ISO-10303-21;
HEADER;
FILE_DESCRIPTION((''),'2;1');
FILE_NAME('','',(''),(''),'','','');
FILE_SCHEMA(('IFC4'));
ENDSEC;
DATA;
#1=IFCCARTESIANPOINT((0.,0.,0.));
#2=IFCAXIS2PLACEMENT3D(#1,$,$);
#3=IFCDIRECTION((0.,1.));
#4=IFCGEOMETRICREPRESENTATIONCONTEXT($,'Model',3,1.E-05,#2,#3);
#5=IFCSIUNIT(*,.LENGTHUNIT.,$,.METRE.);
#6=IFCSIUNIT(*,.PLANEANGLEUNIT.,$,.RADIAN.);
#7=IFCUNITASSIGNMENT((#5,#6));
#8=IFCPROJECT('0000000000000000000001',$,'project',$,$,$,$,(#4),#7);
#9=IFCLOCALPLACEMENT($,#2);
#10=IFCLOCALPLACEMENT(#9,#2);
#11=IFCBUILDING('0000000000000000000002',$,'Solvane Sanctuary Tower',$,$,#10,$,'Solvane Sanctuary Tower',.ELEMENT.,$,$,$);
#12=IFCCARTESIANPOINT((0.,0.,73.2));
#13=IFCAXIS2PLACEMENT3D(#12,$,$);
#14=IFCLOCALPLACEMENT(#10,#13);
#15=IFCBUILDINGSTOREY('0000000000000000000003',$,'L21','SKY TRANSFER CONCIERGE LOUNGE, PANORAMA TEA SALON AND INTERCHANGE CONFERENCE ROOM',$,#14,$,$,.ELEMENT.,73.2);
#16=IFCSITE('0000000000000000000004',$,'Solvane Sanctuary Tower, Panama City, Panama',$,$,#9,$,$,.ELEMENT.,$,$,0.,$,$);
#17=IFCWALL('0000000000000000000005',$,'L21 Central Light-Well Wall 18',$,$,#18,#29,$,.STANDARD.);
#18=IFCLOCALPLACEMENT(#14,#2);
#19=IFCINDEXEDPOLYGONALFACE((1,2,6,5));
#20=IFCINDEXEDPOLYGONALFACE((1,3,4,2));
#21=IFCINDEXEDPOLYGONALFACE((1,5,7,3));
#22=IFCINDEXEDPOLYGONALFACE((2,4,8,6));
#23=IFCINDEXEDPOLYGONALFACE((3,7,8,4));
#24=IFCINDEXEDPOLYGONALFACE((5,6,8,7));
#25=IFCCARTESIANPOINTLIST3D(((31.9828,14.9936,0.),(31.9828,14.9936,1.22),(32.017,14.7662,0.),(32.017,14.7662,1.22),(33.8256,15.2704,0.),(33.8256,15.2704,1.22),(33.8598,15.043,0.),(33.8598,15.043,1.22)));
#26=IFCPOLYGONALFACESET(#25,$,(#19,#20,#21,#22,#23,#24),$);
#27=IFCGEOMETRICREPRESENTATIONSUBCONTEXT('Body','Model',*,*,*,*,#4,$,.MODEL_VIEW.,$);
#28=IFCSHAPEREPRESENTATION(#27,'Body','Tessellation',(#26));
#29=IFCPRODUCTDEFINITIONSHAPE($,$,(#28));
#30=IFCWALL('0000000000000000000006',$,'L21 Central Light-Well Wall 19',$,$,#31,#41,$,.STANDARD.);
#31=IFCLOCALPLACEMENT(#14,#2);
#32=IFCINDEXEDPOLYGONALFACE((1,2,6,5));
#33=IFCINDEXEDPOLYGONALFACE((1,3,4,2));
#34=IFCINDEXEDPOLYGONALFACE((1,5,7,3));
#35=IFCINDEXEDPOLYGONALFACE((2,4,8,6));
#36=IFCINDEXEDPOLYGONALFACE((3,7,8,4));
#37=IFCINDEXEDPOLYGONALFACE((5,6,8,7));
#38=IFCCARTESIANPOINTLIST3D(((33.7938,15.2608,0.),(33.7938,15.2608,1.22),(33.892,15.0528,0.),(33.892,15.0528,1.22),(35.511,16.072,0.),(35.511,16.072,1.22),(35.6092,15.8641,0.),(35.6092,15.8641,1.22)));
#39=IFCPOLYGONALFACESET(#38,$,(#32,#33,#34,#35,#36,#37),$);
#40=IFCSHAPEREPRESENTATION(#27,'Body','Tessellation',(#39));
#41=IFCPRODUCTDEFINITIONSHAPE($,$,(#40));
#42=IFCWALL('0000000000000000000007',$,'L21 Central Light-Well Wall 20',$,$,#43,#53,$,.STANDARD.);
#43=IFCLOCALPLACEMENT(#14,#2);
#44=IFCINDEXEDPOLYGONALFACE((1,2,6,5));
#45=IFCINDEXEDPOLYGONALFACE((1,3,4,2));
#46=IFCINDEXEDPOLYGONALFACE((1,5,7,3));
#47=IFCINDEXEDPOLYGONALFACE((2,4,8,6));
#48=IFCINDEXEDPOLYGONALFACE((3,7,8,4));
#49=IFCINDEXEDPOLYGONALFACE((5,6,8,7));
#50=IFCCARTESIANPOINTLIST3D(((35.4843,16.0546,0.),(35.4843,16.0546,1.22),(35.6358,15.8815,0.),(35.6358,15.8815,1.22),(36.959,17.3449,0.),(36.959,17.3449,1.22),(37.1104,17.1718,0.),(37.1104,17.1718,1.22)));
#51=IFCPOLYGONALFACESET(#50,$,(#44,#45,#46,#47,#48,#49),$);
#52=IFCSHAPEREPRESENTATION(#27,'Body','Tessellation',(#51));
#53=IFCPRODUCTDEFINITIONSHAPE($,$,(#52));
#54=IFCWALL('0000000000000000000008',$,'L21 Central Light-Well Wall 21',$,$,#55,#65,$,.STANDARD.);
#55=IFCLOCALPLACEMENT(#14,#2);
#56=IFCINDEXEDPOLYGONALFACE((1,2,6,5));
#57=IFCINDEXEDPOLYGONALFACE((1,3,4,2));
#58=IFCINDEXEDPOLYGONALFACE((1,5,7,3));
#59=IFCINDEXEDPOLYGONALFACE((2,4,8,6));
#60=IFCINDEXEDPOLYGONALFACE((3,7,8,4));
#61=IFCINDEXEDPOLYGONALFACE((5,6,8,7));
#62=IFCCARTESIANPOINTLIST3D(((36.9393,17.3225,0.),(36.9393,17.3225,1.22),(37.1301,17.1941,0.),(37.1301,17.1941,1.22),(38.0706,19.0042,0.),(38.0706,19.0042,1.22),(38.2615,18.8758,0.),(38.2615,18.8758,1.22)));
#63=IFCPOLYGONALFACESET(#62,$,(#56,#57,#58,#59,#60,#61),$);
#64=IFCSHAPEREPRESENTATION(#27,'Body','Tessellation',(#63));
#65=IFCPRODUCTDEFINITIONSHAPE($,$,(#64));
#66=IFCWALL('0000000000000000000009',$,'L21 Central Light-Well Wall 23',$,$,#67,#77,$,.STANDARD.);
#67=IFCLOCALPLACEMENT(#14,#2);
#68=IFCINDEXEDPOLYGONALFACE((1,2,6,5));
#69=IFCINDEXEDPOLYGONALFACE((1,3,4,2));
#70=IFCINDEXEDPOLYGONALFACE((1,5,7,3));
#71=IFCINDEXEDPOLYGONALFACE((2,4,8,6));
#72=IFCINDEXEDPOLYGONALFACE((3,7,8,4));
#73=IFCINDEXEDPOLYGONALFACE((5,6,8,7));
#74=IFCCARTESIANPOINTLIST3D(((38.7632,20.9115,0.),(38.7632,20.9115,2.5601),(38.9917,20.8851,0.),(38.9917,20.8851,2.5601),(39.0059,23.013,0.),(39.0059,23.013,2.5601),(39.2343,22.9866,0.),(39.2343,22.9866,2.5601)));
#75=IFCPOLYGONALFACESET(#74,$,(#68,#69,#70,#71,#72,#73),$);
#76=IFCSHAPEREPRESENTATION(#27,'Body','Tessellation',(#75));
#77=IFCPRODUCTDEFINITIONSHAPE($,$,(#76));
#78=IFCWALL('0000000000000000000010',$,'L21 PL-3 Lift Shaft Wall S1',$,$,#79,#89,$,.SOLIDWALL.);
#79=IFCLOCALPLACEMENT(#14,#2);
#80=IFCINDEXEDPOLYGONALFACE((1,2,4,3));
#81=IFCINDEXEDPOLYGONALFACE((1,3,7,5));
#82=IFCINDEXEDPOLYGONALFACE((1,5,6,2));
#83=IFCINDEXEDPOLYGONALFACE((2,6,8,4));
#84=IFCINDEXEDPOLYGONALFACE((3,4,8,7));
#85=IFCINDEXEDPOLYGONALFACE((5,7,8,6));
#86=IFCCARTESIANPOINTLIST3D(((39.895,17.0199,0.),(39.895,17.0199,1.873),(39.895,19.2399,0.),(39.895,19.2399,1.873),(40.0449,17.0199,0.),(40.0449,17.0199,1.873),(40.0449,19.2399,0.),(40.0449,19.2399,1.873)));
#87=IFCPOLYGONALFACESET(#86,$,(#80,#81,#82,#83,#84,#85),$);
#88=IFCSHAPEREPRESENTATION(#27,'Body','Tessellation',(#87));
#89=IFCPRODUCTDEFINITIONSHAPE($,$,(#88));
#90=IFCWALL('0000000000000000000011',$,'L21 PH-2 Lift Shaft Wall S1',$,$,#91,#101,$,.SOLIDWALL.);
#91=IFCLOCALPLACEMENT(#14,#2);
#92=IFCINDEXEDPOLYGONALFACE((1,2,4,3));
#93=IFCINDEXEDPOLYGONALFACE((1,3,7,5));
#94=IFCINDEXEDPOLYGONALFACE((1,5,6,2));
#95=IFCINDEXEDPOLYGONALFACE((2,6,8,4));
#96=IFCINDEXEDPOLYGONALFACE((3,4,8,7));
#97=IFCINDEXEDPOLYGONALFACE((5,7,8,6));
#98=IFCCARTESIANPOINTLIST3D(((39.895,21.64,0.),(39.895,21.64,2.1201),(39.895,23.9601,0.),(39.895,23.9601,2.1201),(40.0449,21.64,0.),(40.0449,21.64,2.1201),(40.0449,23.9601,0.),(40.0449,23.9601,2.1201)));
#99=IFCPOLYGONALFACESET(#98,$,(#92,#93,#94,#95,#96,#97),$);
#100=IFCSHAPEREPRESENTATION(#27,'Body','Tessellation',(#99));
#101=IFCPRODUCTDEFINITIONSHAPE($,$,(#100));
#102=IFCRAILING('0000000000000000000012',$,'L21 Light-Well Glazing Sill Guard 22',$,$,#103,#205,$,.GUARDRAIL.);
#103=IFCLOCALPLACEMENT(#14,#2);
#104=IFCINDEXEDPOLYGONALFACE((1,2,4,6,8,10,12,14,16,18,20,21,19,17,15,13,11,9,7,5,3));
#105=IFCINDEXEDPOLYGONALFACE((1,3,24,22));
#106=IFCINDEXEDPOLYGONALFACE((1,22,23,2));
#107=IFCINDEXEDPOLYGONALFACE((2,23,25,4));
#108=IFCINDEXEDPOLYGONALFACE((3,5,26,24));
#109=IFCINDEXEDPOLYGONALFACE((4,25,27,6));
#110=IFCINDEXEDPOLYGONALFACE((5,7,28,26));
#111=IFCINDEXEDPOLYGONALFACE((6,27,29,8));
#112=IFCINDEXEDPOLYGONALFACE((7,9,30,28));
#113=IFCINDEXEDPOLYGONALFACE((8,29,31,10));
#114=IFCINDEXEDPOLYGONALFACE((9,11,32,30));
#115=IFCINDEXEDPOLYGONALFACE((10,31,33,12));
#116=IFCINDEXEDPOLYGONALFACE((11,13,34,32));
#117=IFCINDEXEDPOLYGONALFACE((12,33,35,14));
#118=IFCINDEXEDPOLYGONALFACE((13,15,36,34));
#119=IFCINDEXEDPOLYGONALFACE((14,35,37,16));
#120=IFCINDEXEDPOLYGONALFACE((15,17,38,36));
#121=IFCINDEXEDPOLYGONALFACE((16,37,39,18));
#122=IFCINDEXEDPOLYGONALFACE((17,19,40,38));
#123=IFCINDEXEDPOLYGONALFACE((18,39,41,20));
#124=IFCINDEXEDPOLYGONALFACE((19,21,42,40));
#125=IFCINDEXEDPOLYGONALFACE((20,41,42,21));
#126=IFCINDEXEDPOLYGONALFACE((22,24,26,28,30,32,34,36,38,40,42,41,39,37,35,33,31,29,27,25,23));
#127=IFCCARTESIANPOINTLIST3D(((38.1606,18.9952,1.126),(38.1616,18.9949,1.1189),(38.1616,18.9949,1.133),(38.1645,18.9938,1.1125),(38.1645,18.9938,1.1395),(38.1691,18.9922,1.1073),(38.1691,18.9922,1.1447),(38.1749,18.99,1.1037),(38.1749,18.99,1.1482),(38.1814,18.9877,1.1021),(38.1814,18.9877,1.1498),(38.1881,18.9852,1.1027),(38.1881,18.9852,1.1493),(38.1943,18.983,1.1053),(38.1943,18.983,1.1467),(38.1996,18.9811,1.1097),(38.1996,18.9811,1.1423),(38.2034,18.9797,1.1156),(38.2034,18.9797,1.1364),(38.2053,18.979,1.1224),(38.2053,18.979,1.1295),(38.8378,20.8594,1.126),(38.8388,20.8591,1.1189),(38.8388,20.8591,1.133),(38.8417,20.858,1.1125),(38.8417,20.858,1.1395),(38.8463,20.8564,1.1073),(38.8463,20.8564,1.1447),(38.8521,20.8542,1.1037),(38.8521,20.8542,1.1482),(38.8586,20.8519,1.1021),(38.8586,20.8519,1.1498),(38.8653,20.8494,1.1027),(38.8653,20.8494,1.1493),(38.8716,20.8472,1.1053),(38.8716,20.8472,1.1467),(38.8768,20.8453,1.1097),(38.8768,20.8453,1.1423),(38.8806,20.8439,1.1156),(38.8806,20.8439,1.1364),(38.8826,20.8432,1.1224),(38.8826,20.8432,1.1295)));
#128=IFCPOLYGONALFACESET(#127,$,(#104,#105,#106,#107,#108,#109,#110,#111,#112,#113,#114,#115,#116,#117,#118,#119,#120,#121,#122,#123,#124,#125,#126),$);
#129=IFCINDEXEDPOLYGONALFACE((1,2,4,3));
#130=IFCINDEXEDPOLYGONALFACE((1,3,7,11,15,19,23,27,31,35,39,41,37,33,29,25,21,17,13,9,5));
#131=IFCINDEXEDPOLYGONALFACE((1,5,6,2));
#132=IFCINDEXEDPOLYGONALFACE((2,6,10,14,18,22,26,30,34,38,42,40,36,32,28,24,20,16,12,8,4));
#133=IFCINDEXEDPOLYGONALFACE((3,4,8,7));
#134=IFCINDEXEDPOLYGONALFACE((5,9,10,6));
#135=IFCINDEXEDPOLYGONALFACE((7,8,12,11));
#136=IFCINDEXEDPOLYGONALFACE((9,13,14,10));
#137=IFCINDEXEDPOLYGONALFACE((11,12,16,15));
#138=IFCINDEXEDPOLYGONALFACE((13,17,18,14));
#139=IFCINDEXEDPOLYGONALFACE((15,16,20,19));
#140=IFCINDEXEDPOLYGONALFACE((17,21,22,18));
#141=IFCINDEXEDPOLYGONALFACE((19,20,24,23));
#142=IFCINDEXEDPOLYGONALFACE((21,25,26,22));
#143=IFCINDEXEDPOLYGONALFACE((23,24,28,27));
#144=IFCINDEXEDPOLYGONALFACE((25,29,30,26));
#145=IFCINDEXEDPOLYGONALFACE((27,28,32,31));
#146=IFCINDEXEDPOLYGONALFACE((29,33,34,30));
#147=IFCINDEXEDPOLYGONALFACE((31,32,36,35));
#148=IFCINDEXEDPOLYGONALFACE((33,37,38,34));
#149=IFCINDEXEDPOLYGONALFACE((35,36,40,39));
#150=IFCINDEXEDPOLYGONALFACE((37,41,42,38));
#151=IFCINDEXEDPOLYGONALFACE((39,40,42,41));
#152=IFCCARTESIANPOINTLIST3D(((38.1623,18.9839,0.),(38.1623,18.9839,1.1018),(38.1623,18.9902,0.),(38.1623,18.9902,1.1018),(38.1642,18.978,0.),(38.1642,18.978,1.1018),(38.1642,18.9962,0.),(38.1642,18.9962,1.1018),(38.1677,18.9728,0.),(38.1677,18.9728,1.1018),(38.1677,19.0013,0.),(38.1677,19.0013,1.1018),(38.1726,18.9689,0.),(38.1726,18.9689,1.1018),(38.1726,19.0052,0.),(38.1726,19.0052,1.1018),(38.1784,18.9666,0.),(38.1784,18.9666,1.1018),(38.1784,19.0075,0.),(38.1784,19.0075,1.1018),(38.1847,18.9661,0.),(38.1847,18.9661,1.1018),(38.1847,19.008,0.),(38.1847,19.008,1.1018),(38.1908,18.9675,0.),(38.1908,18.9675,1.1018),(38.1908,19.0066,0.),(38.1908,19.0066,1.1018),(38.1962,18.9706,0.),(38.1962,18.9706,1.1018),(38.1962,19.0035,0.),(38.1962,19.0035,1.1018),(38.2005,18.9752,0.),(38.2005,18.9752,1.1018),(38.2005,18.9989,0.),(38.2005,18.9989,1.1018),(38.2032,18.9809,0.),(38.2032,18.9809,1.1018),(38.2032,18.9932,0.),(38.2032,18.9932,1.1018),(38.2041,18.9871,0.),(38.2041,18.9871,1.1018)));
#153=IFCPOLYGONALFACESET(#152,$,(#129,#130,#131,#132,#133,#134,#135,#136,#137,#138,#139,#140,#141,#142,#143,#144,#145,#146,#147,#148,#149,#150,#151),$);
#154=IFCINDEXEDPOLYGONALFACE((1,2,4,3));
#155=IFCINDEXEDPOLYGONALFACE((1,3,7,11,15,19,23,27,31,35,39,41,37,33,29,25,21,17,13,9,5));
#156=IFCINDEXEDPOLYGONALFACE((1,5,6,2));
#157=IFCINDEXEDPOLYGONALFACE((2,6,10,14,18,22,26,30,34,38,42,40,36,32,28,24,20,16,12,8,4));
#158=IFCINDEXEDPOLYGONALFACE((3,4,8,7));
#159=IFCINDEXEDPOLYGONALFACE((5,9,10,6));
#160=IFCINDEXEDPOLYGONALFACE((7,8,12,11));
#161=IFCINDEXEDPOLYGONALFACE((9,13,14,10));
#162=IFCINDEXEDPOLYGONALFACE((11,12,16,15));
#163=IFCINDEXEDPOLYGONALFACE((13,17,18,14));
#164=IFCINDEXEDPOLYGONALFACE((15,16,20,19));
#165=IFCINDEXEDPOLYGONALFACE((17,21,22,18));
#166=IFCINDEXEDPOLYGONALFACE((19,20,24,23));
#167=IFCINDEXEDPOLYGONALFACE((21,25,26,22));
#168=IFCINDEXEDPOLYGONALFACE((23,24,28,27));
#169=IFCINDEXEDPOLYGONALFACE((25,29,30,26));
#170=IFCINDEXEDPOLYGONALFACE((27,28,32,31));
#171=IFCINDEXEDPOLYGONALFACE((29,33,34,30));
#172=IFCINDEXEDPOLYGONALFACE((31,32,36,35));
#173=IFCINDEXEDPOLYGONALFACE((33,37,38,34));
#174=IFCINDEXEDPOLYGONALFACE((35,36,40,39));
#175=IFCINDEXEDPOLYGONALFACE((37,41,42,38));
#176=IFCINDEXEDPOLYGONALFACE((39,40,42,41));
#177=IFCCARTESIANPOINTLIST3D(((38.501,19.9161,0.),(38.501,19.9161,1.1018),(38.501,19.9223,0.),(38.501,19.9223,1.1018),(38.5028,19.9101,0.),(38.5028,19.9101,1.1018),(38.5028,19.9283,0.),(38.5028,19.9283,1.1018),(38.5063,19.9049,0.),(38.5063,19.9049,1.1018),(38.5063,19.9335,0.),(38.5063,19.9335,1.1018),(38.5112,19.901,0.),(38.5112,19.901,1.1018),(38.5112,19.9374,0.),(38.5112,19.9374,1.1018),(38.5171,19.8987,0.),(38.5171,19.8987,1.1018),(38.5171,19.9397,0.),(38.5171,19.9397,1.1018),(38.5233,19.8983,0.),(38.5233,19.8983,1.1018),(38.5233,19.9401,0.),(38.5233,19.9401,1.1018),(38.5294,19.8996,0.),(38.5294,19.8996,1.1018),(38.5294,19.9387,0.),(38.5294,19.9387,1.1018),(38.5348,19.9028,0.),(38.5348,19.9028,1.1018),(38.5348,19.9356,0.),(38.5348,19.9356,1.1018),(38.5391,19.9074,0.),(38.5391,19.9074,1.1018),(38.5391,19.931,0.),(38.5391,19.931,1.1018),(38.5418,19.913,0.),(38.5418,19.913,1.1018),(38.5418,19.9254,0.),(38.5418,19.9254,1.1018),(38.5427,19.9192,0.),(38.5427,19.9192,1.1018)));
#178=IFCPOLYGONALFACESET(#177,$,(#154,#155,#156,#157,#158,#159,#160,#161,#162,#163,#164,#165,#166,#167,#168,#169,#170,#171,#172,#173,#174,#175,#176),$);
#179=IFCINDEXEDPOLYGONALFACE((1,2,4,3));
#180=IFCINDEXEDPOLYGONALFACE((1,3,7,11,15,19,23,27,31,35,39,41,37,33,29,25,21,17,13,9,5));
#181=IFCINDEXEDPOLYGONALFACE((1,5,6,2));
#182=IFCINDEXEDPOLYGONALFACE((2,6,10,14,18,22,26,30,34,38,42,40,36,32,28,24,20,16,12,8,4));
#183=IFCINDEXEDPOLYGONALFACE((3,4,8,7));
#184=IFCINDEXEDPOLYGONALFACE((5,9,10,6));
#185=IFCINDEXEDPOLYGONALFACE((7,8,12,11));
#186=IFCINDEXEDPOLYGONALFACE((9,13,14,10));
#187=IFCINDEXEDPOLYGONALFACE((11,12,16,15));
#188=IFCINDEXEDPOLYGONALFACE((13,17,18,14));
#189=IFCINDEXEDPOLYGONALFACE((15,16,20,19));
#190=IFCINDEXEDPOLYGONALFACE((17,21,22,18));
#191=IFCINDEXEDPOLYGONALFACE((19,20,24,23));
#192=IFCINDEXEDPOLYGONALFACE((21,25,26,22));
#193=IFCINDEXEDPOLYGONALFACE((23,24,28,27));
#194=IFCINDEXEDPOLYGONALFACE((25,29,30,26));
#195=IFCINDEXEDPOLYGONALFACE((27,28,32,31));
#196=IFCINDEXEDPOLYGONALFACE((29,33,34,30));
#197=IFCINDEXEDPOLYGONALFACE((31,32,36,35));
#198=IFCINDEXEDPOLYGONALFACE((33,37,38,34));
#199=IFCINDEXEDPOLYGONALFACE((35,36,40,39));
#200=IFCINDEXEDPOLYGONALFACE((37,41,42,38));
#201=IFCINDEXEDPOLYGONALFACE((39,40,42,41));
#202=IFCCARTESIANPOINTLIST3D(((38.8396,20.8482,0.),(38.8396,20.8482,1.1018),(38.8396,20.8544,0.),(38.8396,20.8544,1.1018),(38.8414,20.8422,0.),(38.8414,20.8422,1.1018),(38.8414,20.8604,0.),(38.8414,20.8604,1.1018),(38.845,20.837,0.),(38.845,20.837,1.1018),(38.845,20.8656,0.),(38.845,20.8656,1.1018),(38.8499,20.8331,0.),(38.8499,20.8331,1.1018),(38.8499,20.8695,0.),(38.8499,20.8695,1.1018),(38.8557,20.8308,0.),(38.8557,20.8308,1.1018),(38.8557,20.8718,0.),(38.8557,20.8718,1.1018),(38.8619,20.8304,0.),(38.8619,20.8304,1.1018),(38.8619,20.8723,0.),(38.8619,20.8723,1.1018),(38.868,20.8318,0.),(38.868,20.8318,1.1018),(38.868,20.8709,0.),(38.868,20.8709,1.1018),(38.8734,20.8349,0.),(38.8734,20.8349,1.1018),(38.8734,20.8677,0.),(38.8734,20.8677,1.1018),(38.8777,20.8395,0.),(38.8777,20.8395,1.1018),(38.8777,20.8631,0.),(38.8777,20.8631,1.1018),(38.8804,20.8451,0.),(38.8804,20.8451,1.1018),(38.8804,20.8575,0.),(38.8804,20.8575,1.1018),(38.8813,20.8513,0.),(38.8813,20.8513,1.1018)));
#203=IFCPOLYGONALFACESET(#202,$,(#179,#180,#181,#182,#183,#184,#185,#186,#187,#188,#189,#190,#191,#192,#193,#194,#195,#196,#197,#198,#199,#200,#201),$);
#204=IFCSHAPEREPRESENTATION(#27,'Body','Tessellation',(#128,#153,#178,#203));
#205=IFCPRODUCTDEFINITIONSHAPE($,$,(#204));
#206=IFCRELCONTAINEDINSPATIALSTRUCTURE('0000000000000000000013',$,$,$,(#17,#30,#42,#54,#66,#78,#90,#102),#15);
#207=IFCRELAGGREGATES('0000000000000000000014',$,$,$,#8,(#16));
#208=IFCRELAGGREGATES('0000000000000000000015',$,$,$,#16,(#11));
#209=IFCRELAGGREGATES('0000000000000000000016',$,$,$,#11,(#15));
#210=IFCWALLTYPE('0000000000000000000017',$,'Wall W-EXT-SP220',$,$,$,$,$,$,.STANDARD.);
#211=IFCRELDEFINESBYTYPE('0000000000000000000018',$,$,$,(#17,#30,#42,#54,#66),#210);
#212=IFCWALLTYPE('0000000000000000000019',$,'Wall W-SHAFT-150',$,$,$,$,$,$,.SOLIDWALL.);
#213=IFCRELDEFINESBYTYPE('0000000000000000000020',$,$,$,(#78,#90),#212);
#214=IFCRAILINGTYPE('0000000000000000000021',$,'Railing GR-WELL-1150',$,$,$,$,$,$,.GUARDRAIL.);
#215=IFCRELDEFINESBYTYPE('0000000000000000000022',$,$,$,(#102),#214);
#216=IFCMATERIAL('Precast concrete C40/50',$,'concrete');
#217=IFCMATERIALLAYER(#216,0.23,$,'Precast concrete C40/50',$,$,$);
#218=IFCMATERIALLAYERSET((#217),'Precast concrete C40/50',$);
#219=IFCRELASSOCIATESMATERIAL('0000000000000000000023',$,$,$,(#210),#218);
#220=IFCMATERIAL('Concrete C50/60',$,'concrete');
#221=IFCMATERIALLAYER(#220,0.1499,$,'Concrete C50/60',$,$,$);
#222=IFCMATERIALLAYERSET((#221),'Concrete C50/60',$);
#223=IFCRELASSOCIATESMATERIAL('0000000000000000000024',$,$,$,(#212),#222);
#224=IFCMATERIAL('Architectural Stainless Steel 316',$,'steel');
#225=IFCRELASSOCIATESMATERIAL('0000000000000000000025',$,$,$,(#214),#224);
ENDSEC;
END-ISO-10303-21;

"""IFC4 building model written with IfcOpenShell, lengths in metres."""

from ifc_helpers import new_model, si_unit, direction, frame, frame_2d, origin, origin_2d, place, context, subcontext, project, spatial, rectangle, circle, extrude, material, layer, layer_set, type_object, element, save


model = new_model("IFC4")

# Units and contexts
model_context = context("Model", 3, precision=1e-05, world=origin(), true_north=direction((0.0, 1.0)))
body_context = subcontext(model_context, "Body", "Model", "MODEL_VIEW")
ifc_project = project(units=[si_unit("LENGTHUNIT", "METRE"), si_unit("PLANEANGLEUNIT", "RADIAN")], contexts=[model_context])

# Site, building, storey
site_placement = place(None, origin())
site = spatial("IfcSite", under=ifc_project, at=site_placement, Name="Solvane Sanctuary Tower, Panama City, Panama", CompositionType="ELEMENT", RefElevation=0.0)
building_placement = place(site_placement, origin())
building = spatial("IfcBuilding", under=site, at=building_placement, Name="Solvane Sanctuary Tower", LongName="Solvane Sanctuary Tower", CompositionType="ELEMENT")
storey_placement = place(building_placement, frame((0.0, 0.0, 73.2)))
storey = spatial("IfcBuildingStorey", under=building, at=storey_placement, Name="L21", Description="SKY TRANSFER CONCIERGE LOUNGE, PANORAMA TEA SALON AND INTERCHANGE CONFERENCE ROOM", CompositionType="ELEMENT", Elevation=73.2)

# Walls
ifc_material_1 = material(Name="Precast concrete C40/50", Category="concrete")
ifc_layer_1 = layer(ifc_material_1, 0.23, Name="Precast concrete C40/50")
ifc_layer_set_1 = layer_set([ifc_layer_1], Name="Precast concrete C40/50")
wall_type_1 = type_object("IfcWallType", Name="Wall W-EXT-SP220", PredefinedType="STANDARD", material=ifc_layer_set_1)
wall_1_placement = place(storey_placement, frame((32.0, 14.8799, 0.0), z_axis=(0.0, 0.0, 1.0), x_axis=(0.988902, 0.148571, 0.0)))
element("IfcWall", 1, at=wall_1_placement, inside=storey, type_object=wall_type_1, Name="L21 Central Light-Well Wall 18", PredefinedType="STANDARD", context=body_context, shape_type="SweptSolid", body=[
    extrude(rectangle(XDim=1.8635, YDim=0.23, at=frame_2d((0.9316, 0.0))), origin(), (0.0, 0.0, 1.0), 1.22),
])
wall_2_placement = place(storey_placement, frame((33.8428, 15.1567, 0.0), z_axis=(0.0, 0.0, 1.0), x_axis=(0.90418, 0.427152, 0.0)))
element("IfcWall", 2, at=wall_2_placement, inside=storey, type_object=wall_type_1, Name="L21 Central Light-Well Wall 19", PredefinedType="STANDARD", context=body_context, shape_type="SweptSolid", body=[
    extrude(rectangle(XDim=1.8992, YDim=0.23, at=frame_2d((0.9497, 0.0))), origin(), (0.0, 0.0, 1.0), 1.22),
])
wall_3_placement = place(storey_placement, frame((35.5601, 15.968, 0.0), z_axis=(0.0, 0.0, 1.0), x_axis=(0.752577, 0.658505, 0.0)))
element("IfcWall", 3, at=wall_3_placement, inside=storey, type_object=wall_type_1, Name="L21 Central Light-Well Wall 20", PredefinedType="STANDARD", context=body_context, shape_type="SweptSolid", body=[
    extrude(rectangle(XDim=1.9595, YDim=0.23, at=frame_2d((0.9797, 0.0))), origin(), (0.0, 0.0, 1.0), 1.22),
])
wall_4_placement = place(storey_placement, frame((37.0347, 17.2583, 0.0), z_axis=(0.0, 0.0, 1.0), x_axis=(0.558198, 0.829708, 0.0)))
element("IfcWall", 4, at=wall_4_placement, inside=storey, type_object=wall_type_1, Name="L21 Central Light-Well Wall 21", PredefinedType="STANDARD", context=body_context, shape_type="SweptSolid", body=[
    extrude(rectangle(XDim=2.0269, YDim=0.23, at=frame_2d((1.0134, 0.0))), origin(), (0.0, 0.0, 1.0), 1.22),
])
wall_5_placement = place(storey_placement, frame((38.8774, 20.8984, 0.0), z_axis=(0.0, 0.0, 1.0), x_axis=(0.114712, 0.993399, 0.0)))
element("IfcWall", 5, at=wall_5_placement, inside=storey, type_object=wall_type_1, Name="L21 Central Light-Well Wall 23", PredefinedType="STANDARD", context=body_context, shape_type="SweptSolid", body=[
    extrude(rectangle(XDim=2.1155, YDim=0.23, at=frame_2d((1.0576, 0.0))), origin(), (0.0, 0.0, 1.0), 2.5601),
])
ifc_material_2 = material(Name="Concrete C50/60", Category="concrete")
ifc_layer_2 = layer(ifc_material_2, 0.1499, Name="Concrete C50/60")
ifc_layer_set_2 = layer_set([ifc_layer_2], Name="Concrete C50/60")
wall_type_2 = type_object("IfcWallType", Name="Wall W-SHAFT-150", PredefinedType="SOLIDWALL", material=ifc_layer_set_2)
wall_6_placement = place(storey_placement, frame((39.97, 17.02, 0.0), z_axis=(0.0, 0.0, 1.0), x_axis=(0.0, 1.0, 0.0)))
element("IfcWall", 6, at=wall_6_placement, inside=storey, type_object=wall_type_2, Name="L21 PL-3 Lift Shaft Wall S1", PredefinedType="SOLIDWALL", context=body_context, shape_type="SweptSolid", body=[
    extrude(rectangle(XDim=2.22, YDim=0.1499, at=frame_2d((1.1099, 0.0))), origin(), (0.0, 0.0, 1.0), 1.873),
])
wall_7_placement = place(storey_placement, frame((39.97, 21.6399, 0.0), z_axis=(0.0, 0.0, 1.0), x_axis=(0.0, 1.0, 0.0)))
element("IfcWall", 7, at=wall_7_placement, inside=storey, type_object=wall_type_2, Name="L21 PH-2 Lift Shaft Wall S1", PredefinedType="SOLIDWALL", context=body_context, shape_type="SweptSolid", body=[
    extrude(rectangle(XDim=2.3201, YDim=0.1499, at=frame_2d((1.1602, 0.0))), origin(), (0.0, 0.0, 1.0), 2.1201),
])

# Railing
ifc_material_3 = material(Name="Architectural Stainless Steel 316", Category="steel")
railing_type = type_object("IfcRailingType", Name="Railing GR-WELL-1150", PredefinedType="GUARDRAIL", material=ifc_material_3)
railing_placement = place(storey_placement, frame((38.1831, 18.9871, 0.0)))
element("IfcRailing", 8, at=railing_placement, inside=storey, type_object=railing_type, Name="L21 Light-Well Glazing Sill Guard 22", PredefinedType="GUARDRAIL", context=body_context, shape_type="SweptSolid", body=[
    extrude(circle(Radius=0.0239, at=origin_2d()), frame((0.0, 0.0, 1.126), z_axis=(0.341447, 0.939901, 0.0), x_axis=(-0.939901, 0.341447, 0.0)), (0.0, 0.0, 1.0), 1.9834),
    extrude(circle(Radius=0.021, at=origin_2d()), origin(), (0.0, 0.0, 1.0), 1.1018),
    extrude(circle(Radius=0.021, at=origin_2d()), frame((0.3386, 0.9321, 0.0)), (0.0, 0.0, 1.0), 1.1018),
    extrude(circle(Radius=0.021, at=origin_2d()), frame((0.6772, 1.8643, 0.0)), (0.0, 0.0, 1.0), 1.1018),
])

save(model, "model.ifc")
